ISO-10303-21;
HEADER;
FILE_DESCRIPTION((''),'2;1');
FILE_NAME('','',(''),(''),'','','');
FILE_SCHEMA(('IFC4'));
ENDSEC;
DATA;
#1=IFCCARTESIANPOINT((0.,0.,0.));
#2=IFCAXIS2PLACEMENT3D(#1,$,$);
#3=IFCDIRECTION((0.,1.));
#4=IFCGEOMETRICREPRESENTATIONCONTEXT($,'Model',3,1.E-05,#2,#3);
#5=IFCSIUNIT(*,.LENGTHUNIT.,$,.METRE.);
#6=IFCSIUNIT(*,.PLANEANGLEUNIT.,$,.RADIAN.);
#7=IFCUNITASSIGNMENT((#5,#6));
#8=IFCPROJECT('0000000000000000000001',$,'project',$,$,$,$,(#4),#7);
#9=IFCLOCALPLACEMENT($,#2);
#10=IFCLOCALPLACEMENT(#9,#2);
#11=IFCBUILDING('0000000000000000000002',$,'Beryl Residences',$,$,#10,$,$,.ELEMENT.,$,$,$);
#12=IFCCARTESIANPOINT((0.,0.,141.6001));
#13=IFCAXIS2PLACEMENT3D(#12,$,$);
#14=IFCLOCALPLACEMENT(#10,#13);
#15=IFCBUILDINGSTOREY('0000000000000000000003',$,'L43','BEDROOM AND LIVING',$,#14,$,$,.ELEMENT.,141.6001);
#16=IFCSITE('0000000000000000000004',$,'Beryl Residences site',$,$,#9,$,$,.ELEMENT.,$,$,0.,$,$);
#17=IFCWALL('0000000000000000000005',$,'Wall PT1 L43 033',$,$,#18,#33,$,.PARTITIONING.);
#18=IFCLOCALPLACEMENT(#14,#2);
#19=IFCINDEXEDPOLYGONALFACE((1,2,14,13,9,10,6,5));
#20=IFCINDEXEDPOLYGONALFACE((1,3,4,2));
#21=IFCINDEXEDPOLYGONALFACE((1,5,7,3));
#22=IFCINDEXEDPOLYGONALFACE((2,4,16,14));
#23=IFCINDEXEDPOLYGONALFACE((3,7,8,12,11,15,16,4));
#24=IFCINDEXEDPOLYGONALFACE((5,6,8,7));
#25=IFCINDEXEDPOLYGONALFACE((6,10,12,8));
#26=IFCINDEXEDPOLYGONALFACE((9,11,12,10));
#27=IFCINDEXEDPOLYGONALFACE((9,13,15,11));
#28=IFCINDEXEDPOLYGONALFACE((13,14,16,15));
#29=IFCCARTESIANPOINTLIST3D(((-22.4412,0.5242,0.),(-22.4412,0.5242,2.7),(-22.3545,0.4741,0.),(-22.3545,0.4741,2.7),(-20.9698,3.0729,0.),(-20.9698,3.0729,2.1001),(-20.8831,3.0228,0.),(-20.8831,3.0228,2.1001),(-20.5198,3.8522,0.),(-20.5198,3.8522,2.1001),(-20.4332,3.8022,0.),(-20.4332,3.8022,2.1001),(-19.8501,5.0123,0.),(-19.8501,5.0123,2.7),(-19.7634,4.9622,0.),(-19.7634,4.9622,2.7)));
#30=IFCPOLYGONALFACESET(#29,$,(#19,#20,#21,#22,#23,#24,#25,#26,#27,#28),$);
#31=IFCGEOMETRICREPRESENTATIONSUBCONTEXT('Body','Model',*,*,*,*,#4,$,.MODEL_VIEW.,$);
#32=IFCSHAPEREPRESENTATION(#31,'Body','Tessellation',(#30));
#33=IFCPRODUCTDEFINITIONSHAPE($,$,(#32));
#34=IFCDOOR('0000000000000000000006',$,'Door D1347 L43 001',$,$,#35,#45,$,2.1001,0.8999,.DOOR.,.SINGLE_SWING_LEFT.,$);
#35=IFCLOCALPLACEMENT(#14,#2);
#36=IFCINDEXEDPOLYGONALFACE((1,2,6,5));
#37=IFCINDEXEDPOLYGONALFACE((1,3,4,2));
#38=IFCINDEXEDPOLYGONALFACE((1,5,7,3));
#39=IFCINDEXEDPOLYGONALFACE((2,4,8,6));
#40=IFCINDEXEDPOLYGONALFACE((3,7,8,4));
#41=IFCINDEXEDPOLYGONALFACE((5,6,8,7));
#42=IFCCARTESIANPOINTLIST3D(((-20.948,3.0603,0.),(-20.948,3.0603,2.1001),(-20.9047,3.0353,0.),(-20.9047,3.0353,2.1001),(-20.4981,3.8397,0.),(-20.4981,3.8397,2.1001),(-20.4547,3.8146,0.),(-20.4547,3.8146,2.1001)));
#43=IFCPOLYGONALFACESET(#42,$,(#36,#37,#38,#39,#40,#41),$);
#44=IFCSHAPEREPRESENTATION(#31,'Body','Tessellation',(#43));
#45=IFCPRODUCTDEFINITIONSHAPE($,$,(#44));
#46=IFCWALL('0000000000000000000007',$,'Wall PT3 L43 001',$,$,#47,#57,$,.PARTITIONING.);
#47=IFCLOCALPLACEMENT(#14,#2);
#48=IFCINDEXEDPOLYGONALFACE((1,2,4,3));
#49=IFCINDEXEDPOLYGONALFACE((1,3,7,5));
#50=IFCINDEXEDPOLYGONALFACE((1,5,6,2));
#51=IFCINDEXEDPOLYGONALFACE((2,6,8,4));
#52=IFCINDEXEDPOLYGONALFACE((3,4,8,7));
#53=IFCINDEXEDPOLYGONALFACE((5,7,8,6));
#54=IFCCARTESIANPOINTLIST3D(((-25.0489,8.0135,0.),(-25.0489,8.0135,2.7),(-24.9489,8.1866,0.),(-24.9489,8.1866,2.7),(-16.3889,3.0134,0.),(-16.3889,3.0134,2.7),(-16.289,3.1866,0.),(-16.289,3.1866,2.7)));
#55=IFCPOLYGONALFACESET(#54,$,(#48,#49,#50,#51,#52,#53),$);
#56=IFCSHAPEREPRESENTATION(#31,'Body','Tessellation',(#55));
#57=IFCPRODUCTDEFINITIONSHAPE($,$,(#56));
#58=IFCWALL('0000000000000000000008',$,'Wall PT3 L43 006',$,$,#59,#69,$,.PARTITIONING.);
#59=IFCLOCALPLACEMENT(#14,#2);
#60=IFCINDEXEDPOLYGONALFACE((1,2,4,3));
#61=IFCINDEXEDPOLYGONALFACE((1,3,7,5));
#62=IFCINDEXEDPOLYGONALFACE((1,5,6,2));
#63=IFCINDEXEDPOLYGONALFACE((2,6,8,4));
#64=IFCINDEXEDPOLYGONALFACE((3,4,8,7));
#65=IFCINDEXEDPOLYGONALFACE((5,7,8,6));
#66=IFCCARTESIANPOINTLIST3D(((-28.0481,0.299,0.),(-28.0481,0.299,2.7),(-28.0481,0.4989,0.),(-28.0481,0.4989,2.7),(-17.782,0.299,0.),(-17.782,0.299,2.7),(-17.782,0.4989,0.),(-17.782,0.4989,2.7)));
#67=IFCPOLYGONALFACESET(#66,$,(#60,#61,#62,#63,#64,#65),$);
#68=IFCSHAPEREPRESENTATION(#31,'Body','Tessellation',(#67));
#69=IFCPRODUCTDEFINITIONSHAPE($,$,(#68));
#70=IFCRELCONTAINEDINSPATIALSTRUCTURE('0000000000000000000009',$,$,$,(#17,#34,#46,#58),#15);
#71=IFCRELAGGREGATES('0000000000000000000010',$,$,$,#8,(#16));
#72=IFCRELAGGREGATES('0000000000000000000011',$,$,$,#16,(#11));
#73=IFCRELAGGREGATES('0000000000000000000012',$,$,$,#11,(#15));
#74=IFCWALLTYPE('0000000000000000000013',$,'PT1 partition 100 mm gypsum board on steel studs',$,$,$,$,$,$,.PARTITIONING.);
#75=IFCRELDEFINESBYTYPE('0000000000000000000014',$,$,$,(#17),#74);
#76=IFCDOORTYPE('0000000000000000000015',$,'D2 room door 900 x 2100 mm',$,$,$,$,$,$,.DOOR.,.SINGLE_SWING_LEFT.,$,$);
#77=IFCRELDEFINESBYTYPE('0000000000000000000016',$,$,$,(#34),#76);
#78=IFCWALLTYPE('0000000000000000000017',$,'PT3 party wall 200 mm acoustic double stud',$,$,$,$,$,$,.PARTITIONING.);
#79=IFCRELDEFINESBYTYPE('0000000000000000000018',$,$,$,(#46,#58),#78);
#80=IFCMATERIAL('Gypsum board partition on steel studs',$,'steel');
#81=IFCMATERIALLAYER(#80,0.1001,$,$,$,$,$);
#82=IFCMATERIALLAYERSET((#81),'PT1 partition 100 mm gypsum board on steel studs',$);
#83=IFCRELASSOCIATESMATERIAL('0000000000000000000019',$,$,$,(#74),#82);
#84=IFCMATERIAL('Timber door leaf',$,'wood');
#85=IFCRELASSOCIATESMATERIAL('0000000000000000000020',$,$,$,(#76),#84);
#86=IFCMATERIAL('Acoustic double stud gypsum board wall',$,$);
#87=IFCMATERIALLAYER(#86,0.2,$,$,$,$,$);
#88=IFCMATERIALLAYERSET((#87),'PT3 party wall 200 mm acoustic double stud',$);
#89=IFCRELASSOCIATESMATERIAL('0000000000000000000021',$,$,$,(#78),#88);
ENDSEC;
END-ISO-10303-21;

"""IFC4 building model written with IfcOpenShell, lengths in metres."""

from ifc_helpers import new_model, si_unit, direction, frame, frame_2d, origin, place, context, subcontext, project, spatial, rectangle, extrude, material, layer, layer_set, type_object, element, fill, save


model = new_model("IFC4")

# Units and contexts
model_context = context("Model", 3, precision=1e-05, world=origin(), true_north=direction((0.0, 1.0)))
body_context = subcontext(model_context, "Body", "Model", "MODEL_VIEW")
ifc_project = project(units=[si_unit("LENGTHUNIT", "METRE"), si_unit("PLANEANGLEUNIT", "RADIAN")], contexts=[model_context])

# Site, building, storey
site_placement = place(None, origin())
site = spatial("IfcSite", under=ifc_project, at=site_placement, Name="Beryl Residences site", CompositionType="ELEMENT", RefElevation=0.0)
building_placement = place(site_placement, origin())
building = spatial("IfcBuilding", under=site, at=building_placement, Name="Beryl Residences", CompositionType="ELEMENT")
storey_placement = place(building_placement, frame((0.0, 0.0, 141.6001)))
storey = spatial("IfcBuildingStorey", under=building, at=storey_placement, Name="L43", Description="BEDROOM AND LIVING", CompositionType="ELEMENT", Elevation=141.6001)

# Shared definitions
ifc_material_1 = material(Name="Gypsum board partition on steel studs", Category="steel")
ifc_layer_1 = layer(ifc_material_1, 0.1001)
ifc_layer_set_1 = layer_set([ifc_layer_1], Name="PT1 partition 100 mm gypsum board on steel studs")
wall_type_1 = type_object("IfcWallType", Name="PT1 partition 100 mm gypsum board on steel studs", PredefinedType="PARTITIONING", material=ifc_layer_set_1)

# Shared definitions
ifc_material_2 = material(Name="Timber door leaf", Category="wood")
door_type = type_object("IfcDoorType", Name="D2 room door 900 x 2100 mm", OperationType="SINGLE_SWING_LEFT", PredefinedType="DOOR", material=ifc_material_2)

# Wall, opening, door
wall_1_placement = place(storey_placement, frame((-22.3979, 0.499, 0.0), z_axis=(0.0, 0.0, 1.0), x_axis=(0.499985, 0.866034, 0.0)))
wall_1 = element("IfcWall", 1, at=wall_1_placement, inside=storey, type_object=wall_type_1, Name="Wall PT1 L43 033", PredefinedType="PARTITIONING", context=body_context, shape_type="SweptSolid", body=[
    extrude(rectangle(XDim=5.1824, YDim=0.1001, at=frame_2d((2.5913, 0.0))), origin(), (0.0, 0.0, 1.0), 2.7),
])
opening_1_placement = place(wall_1_placement, frame((2.9431, 0.0, 0.0)))
opening_1 = element("IfcOpeningElement", 2, at=opening_1_placement, cuts=wall_1, PredefinedType="OPENING", context=body_context, shape_type="SweptSolid", body=[
    extrude(rectangle(XDim=0.8999, YDim=2.1001, at=frame_2d((0.45, 1.05))), frame((0.0, 0.0601, 0.0), z_axis=(0.0, -1.0, 0.0), x_axis=(1.0, 0.0, 0.0)), (0.0, 0.0, 1.0), 0.1201),
])
door_1_placement = place(opening_1_placement, origin())
door_1 = element("IfcDoor", 3, at=door_1_placement, inside=storey, type_object=door_type, Name="Door D1347 L43 001", OperationType="SINGLE_SWING_LEFT", OverallHeight=2.1001, OverallWidth=0.8999, PredefinedType="DOOR", context=body_context, shape_type="SweptSolid", body=[
    extrude(rectangle(XDim=0.8999, YDim=2.1001, at=frame_2d((0.45, 1.05))), frame((0.0, 0.0249, 0.0), z_axis=(0.0, -1.0, 0.0), x_axis=(1.0, 0.0, 0.0)), (0.0, 0.0, 1.0), 0.05),
])
fill(opening_1, door_1)

# Walls
ifc_material_3 = material(Name="Acoustic double stud gypsum board wall")
ifc_layer_2 = layer(ifc_material_3, 0.2)
ifc_layer_set_2 = layer_set([ifc_layer_2], Name="PT3 party wall 200 mm acoustic double stud")
wall_type_2 = type_object("IfcWallType", Name="PT3 party wall 200 mm acoustic double stud", PredefinedType="PARTITIONING", material=ifc_layer_set_2)
wall_2_placement = place(storey_placement, frame((-24.999, 8.1001, 0.0), z_axis=(0.0, 0.0, 1.0), x_axis=(0.866017, -0.500015, 0.0)))
element("IfcWall", 4, at=wall_2_placement, inside=storey, type_object=wall_type_2, Name="Wall PT3 L43 001", PredefinedType="PARTITIONING", context=body_context, shape_type="SweptSolid", body=[
    extrude(rectangle(XDim=9.9998, YDim=0.2, at=frame_2d((5.0, 0.0))), origin(), (0.0, 0.0, 1.0), 2.7),
])
wall_3_placement = place(storey_placement, frame((-28.0481, 0.3989, 0.0), z_axis=(0.0, 0.0, 1.0), x_axis=(1.0, 0.0, 0.0)))
element("IfcWall", 5, at=wall_3_placement, inside=storey, type_object=wall_type_2, Name="Wall PT3 L43 006", PredefinedType="PARTITIONING", context=body_context, shape_type="SweptSolid", body=[
    extrude(rectangle(XDim=10.2661, YDim=0.2, at=frame_2d((5.1331, 0.0))), origin(), (0.0, 0.0, 1.0), 2.7),
])

save(model, "model.ifc")
